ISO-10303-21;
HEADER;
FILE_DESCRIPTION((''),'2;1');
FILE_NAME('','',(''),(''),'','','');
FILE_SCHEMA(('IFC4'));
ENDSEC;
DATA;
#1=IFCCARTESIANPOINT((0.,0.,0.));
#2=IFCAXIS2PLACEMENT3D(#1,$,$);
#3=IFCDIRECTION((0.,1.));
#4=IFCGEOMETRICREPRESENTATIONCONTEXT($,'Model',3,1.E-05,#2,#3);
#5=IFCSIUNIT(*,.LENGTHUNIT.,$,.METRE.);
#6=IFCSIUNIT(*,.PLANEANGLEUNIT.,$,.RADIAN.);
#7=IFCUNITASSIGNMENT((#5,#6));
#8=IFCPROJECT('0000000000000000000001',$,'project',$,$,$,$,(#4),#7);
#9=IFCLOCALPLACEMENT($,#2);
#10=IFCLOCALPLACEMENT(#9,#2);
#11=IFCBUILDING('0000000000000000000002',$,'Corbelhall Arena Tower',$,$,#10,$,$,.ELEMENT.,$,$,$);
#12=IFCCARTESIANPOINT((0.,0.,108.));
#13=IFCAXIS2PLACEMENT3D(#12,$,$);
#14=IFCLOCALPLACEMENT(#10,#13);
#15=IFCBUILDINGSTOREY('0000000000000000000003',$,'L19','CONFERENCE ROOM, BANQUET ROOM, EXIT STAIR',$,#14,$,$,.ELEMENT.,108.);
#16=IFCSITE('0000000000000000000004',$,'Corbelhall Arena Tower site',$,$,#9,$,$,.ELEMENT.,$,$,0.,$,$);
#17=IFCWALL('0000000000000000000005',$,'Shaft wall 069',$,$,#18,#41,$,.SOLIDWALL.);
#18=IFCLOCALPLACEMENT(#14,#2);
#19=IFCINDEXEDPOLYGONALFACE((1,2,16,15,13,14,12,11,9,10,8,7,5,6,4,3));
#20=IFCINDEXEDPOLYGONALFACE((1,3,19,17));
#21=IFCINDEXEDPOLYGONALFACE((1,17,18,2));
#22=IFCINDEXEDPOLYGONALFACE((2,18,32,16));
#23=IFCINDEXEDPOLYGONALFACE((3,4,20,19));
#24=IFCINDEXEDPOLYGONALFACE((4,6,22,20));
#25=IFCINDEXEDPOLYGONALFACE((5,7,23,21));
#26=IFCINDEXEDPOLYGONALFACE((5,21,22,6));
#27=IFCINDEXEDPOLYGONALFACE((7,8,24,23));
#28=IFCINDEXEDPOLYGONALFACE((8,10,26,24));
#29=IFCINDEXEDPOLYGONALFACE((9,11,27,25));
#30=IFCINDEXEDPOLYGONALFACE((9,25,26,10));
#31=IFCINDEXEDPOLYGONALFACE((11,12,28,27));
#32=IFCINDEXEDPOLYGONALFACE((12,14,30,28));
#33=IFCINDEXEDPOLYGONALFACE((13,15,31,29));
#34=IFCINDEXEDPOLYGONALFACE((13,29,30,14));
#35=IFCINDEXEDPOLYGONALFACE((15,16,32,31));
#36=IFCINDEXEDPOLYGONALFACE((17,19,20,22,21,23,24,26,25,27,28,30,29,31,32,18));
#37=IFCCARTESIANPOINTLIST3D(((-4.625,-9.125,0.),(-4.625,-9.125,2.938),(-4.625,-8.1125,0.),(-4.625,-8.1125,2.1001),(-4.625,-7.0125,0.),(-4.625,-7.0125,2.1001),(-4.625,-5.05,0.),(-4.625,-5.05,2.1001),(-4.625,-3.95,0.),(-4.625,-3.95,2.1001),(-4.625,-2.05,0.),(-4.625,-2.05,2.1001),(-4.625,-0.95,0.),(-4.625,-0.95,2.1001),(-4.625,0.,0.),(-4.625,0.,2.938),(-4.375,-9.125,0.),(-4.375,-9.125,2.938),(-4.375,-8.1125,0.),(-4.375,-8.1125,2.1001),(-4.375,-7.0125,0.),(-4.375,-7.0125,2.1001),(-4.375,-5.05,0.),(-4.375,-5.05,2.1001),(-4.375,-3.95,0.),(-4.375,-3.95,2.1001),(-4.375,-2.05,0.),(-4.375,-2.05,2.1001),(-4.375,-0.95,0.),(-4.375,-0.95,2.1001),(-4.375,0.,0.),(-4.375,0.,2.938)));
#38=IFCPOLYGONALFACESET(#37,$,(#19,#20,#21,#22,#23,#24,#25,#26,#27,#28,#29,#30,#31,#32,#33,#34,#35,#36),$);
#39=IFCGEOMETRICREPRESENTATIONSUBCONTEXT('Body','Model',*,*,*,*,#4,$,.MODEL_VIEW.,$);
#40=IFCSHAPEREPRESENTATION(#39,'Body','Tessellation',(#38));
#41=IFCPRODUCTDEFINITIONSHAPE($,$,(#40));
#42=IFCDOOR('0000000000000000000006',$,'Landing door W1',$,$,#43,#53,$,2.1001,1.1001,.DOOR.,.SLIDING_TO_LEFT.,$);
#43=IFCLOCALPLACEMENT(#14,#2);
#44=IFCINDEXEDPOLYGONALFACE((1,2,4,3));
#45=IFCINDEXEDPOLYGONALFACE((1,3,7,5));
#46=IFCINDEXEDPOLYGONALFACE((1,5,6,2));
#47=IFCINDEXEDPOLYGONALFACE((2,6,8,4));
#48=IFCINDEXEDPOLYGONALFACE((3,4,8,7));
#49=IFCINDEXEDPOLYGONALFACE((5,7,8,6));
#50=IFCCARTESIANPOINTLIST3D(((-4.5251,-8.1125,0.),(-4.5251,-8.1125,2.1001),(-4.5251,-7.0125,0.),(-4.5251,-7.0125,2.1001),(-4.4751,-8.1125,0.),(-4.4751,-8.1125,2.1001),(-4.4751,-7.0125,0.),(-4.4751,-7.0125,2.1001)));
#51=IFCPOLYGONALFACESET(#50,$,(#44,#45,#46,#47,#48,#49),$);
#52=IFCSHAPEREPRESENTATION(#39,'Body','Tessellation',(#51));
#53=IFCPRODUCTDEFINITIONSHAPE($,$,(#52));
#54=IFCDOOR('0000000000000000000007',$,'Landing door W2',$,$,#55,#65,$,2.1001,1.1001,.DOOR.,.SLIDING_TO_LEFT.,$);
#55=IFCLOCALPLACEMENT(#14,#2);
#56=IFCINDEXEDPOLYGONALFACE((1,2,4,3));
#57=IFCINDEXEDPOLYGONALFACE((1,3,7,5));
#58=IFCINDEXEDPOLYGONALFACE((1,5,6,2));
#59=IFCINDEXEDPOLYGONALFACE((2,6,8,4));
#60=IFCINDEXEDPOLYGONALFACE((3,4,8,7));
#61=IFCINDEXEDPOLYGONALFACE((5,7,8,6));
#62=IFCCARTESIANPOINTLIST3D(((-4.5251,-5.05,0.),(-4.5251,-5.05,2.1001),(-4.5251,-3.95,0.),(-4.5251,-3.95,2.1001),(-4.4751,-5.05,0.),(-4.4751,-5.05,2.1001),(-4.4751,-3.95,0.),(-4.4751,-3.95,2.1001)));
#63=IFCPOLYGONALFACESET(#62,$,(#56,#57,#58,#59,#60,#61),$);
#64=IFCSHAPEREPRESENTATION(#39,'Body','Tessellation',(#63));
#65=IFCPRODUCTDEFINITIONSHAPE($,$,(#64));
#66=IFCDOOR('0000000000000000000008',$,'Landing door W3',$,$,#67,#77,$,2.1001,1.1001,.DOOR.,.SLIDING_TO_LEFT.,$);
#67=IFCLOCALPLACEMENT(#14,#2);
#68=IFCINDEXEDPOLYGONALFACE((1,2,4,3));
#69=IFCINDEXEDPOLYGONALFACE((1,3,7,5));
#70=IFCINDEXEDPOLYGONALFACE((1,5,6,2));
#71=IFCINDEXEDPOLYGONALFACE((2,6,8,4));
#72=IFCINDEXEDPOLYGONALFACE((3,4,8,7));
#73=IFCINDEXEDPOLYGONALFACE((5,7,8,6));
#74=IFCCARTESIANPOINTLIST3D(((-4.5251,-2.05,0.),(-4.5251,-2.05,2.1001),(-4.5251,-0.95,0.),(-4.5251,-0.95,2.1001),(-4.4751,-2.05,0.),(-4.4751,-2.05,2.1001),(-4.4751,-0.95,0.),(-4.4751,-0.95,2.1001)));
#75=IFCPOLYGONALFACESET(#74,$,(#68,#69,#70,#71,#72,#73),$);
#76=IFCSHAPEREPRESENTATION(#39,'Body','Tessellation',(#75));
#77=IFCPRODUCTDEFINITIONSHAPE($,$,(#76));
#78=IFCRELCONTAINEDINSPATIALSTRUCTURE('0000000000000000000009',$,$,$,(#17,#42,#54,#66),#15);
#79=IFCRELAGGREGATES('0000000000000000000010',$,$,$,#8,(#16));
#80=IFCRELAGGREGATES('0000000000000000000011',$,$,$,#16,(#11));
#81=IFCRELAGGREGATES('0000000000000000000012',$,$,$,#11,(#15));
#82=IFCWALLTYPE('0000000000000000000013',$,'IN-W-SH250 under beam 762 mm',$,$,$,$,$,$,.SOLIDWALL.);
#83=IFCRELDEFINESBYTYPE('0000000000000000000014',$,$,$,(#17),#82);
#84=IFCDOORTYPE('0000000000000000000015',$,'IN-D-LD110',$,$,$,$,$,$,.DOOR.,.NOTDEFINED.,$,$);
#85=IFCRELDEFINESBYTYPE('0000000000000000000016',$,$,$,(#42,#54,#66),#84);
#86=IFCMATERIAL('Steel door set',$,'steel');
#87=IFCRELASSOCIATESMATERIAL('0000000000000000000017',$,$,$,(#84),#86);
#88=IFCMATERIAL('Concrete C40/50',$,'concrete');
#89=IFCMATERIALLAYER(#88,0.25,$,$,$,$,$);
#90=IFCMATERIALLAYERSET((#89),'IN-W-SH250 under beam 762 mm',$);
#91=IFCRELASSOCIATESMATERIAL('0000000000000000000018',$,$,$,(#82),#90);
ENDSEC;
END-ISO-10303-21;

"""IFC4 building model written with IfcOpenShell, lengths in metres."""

from ifc_helpers import new_model, si_unit, direction, frame, frame_2d, origin, place, context, subcontext, project, spatial, rectangle, extrude, material, layer, layer_set, type_object, element, fill, save


model = new_model("IFC4")

# Units and contexts
model_context = context("Model", 3, precision=1e-05, world=origin(), true_north=direction((0.0, 1.0)))
body_context = subcontext(model_context, "Body", "Model", "MODEL_VIEW")
ifc_project = project(units=[si_unit("LENGTHUNIT", "METRE"), si_unit("PLANEANGLEUNIT", "RADIAN")], contexts=[model_context])

# Site, building, storey
site_placement = place(None, origin())
site = spatial("IfcSite", under=ifc_project, at=site_placement, Name="Corbelhall Arena Tower site", CompositionType="ELEMENT", RefElevation=0.0)
building_placement = place(site_placement, origin())
building = spatial("IfcBuilding", under=site, at=building_placement, Name="Corbelhall Arena Tower", CompositionType="ELEMENT")
storey_placement = place(building_placement, frame((0.0, 0.0, 108.0)))
storey = spatial("IfcBuildingStorey", under=building, at=storey_placement, Name="L19", Description="CONFERENCE ROOM, BANQUET ROOM, EXIT STAIR", CompositionType="ELEMENT", Elevation=108.0)

# Shared definitions
ifc_material_1 = material(Name="Concrete C40/50", Category="concrete")

# Shared definitions
ifc_material_2 = material(Name="Steel door set", Category="steel")

# Shared definitions
door_type_1 = type_object("IfcDoorType", Name="IN-D-LD110", OperationType="NOTDEFINED", PredefinedType="DOOR", material=ifc_material_2)

# Shared definitions
ifc_layer_1 = layer(ifc_material_1, 0.25)
ifc_layer_set_1 = layer_set([ifc_layer_1], Name="IN-W-SH250 under beam 762 mm")
wall_type_1 = type_object("IfcWallType", Name="IN-W-SH250 under beam 762 mm", PredefinedType="SOLIDWALL", material=ifc_layer_set_1)

# Wall, openings, doors
wall_1_placement = place(storey_placement, frame((-4.5, 0.0, 0.0), z_axis=(0.0, 0.0, 1.0), x_axis=(0.0, -1.0, 0.0)))
wall_1 = element("IfcWall", 1, at=wall_1_placement, inside=storey, type_object=wall_type_1, Name="Shaft wall 069", PredefinedType="SOLIDWALL", context=body_context, shape_type="SweptSolid", body=[
    extrude(rectangle(XDim=9.125, YDim=0.25, at=frame_2d((4.5625, 0.0))), origin(), (0.0, 0.0, 1.0), 2.938),
])
opening_1_placement = place(wall_1_placement, frame((7.0125, 0.0, 0.0)))
opening_1 = element("IfcOpeningElement", 2, at=opening_1_placement, cuts=wall_1, PredefinedType="OPENING", context=body_context, shape_type="SweptSolid", body=[
    extrude(rectangle(XDim=1.1001, YDim=2.1001, at=frame_2d((0.55, 1.05))), frame((0.0, 0.125, 0.0), z_axis=(0.0, -1.0, 0.0), x_axis=(1.0, 0.0, 0.0)), (0.0, 0.0, 1.0), 0.25),
])
opening_2_placement = place(wall_1_placement, frame((3.95, 0.0, 0.0)))
opening_2 = element("IfcOpeningElement", 3, at=opening_2_placement, cuts=wall_1, PredefinedType="OPENING", context=body_context, shape_type="SweptSolid", body=[
    extrude(rectangle(XDim=1.1001, YDim=2.1001, at=frame_2d((0.55, 1.05))), frame((0.0, 0.125, 0.0), z_axis=(0.0, -1.0, 0.0), x_axis=(1.0, 0.0, 0.0)), (0.0, 0.0, 1.0), 0.25),
])
opening_3_placement = place(wall_1_placement, frame((0.95, 0.0, 0.0)))
opening_3 = element("IfcOpeningElement", 4, at=opening_3_placement, cuts=wall_1, PredefinedType="OPENING", context=body_context, shape_type="SweptSolid", body=[
    extrude(rectangle(XDim=1.1001, YDim=2.1001, at=frame_2d((0.55, 1.05))), frame((0.0, 0.125, 0.0), z_axis=(0.0, -1.0, 0.0), x_axis=(1.0, 0.0, 0.0)), (0.0, 0.0, 1.0), 0.25),
])
door_1_placement = place(opening_1_placement, origin())
door_1 = element("IfcDoor", 5, at=door_1_placement, inside=storey, type_object=door_type_1, Name="Landing door W1", OperationType="SLIDING_TO_LEFT", OverallHeight=2.1001, OverallWidth=1.1001, PredefinedType="DOOR", context=body_context, shape_type="SweptSolid", body=[
    extrude(rectangle(XDim=1.1001, YDim=2.1001, at=frame_2d((0.55, 1.05))), frame((0.0, 0.0249, 0.0), z_axis=(0.0, -1.0, 0.0), x_axis=(1.0, 0.0, 0.0)), (0.0, 0.0, 1.0), 0.05),
])
fill(opening_1, door_1)
door_2_placement = place(opening_2_placement, origin())
door_2 = element("IfcDoor", 6, at=door_2_placement, inside=storey, type_object=door_type_1, Name="Landing door W2", OperationType="SLIDING_TO_LEFT", OverallHeight=2.1001, OverallWidth=1.1001, PredefinedType="DOOR", context=body_context, shape_type="SweptSolid", body=[
    extrude(rectangle(XDim=1.1001, YDim=2.1001, at=frame_2d((0.55, 1.05))), frame((0.0, 0.0249, 0.0), z_axis=(0.0, -1.0, 0.0), x_axis=(1.0, 0.0, 0.0)), (0.0, 0.0, 1.0), 0.05),
])
fill(opening_2, door_2)
door_3_placement = place(opening_3_placement, origin())
door_3 = element("IfcDoor", 7, at=door_3_placement, inside=storey, type_object=door_type_1, Name="Landing door W3", OperationType="SLIDING_TO_LEFT", OverallHeight=2.1001, OverallWidth=1.1001, PredefinedType="DOOR", context=body_context, shape_type="SweptSolid", body=[
    extrude(rectangle(XDim=1.1001, YDim=2.1001, at=frame_2d((0.55, 1.05))), frame((0.0, 0.0249, 0.0), z_axis=(0.0, -1.0, 0.0), x_axis=(1.0, 0.0, 0.0)), (0.0, 0.0, 1.0), 0.05),
])
fill(opening_3, door_3)

save(model, "model.ifc")
